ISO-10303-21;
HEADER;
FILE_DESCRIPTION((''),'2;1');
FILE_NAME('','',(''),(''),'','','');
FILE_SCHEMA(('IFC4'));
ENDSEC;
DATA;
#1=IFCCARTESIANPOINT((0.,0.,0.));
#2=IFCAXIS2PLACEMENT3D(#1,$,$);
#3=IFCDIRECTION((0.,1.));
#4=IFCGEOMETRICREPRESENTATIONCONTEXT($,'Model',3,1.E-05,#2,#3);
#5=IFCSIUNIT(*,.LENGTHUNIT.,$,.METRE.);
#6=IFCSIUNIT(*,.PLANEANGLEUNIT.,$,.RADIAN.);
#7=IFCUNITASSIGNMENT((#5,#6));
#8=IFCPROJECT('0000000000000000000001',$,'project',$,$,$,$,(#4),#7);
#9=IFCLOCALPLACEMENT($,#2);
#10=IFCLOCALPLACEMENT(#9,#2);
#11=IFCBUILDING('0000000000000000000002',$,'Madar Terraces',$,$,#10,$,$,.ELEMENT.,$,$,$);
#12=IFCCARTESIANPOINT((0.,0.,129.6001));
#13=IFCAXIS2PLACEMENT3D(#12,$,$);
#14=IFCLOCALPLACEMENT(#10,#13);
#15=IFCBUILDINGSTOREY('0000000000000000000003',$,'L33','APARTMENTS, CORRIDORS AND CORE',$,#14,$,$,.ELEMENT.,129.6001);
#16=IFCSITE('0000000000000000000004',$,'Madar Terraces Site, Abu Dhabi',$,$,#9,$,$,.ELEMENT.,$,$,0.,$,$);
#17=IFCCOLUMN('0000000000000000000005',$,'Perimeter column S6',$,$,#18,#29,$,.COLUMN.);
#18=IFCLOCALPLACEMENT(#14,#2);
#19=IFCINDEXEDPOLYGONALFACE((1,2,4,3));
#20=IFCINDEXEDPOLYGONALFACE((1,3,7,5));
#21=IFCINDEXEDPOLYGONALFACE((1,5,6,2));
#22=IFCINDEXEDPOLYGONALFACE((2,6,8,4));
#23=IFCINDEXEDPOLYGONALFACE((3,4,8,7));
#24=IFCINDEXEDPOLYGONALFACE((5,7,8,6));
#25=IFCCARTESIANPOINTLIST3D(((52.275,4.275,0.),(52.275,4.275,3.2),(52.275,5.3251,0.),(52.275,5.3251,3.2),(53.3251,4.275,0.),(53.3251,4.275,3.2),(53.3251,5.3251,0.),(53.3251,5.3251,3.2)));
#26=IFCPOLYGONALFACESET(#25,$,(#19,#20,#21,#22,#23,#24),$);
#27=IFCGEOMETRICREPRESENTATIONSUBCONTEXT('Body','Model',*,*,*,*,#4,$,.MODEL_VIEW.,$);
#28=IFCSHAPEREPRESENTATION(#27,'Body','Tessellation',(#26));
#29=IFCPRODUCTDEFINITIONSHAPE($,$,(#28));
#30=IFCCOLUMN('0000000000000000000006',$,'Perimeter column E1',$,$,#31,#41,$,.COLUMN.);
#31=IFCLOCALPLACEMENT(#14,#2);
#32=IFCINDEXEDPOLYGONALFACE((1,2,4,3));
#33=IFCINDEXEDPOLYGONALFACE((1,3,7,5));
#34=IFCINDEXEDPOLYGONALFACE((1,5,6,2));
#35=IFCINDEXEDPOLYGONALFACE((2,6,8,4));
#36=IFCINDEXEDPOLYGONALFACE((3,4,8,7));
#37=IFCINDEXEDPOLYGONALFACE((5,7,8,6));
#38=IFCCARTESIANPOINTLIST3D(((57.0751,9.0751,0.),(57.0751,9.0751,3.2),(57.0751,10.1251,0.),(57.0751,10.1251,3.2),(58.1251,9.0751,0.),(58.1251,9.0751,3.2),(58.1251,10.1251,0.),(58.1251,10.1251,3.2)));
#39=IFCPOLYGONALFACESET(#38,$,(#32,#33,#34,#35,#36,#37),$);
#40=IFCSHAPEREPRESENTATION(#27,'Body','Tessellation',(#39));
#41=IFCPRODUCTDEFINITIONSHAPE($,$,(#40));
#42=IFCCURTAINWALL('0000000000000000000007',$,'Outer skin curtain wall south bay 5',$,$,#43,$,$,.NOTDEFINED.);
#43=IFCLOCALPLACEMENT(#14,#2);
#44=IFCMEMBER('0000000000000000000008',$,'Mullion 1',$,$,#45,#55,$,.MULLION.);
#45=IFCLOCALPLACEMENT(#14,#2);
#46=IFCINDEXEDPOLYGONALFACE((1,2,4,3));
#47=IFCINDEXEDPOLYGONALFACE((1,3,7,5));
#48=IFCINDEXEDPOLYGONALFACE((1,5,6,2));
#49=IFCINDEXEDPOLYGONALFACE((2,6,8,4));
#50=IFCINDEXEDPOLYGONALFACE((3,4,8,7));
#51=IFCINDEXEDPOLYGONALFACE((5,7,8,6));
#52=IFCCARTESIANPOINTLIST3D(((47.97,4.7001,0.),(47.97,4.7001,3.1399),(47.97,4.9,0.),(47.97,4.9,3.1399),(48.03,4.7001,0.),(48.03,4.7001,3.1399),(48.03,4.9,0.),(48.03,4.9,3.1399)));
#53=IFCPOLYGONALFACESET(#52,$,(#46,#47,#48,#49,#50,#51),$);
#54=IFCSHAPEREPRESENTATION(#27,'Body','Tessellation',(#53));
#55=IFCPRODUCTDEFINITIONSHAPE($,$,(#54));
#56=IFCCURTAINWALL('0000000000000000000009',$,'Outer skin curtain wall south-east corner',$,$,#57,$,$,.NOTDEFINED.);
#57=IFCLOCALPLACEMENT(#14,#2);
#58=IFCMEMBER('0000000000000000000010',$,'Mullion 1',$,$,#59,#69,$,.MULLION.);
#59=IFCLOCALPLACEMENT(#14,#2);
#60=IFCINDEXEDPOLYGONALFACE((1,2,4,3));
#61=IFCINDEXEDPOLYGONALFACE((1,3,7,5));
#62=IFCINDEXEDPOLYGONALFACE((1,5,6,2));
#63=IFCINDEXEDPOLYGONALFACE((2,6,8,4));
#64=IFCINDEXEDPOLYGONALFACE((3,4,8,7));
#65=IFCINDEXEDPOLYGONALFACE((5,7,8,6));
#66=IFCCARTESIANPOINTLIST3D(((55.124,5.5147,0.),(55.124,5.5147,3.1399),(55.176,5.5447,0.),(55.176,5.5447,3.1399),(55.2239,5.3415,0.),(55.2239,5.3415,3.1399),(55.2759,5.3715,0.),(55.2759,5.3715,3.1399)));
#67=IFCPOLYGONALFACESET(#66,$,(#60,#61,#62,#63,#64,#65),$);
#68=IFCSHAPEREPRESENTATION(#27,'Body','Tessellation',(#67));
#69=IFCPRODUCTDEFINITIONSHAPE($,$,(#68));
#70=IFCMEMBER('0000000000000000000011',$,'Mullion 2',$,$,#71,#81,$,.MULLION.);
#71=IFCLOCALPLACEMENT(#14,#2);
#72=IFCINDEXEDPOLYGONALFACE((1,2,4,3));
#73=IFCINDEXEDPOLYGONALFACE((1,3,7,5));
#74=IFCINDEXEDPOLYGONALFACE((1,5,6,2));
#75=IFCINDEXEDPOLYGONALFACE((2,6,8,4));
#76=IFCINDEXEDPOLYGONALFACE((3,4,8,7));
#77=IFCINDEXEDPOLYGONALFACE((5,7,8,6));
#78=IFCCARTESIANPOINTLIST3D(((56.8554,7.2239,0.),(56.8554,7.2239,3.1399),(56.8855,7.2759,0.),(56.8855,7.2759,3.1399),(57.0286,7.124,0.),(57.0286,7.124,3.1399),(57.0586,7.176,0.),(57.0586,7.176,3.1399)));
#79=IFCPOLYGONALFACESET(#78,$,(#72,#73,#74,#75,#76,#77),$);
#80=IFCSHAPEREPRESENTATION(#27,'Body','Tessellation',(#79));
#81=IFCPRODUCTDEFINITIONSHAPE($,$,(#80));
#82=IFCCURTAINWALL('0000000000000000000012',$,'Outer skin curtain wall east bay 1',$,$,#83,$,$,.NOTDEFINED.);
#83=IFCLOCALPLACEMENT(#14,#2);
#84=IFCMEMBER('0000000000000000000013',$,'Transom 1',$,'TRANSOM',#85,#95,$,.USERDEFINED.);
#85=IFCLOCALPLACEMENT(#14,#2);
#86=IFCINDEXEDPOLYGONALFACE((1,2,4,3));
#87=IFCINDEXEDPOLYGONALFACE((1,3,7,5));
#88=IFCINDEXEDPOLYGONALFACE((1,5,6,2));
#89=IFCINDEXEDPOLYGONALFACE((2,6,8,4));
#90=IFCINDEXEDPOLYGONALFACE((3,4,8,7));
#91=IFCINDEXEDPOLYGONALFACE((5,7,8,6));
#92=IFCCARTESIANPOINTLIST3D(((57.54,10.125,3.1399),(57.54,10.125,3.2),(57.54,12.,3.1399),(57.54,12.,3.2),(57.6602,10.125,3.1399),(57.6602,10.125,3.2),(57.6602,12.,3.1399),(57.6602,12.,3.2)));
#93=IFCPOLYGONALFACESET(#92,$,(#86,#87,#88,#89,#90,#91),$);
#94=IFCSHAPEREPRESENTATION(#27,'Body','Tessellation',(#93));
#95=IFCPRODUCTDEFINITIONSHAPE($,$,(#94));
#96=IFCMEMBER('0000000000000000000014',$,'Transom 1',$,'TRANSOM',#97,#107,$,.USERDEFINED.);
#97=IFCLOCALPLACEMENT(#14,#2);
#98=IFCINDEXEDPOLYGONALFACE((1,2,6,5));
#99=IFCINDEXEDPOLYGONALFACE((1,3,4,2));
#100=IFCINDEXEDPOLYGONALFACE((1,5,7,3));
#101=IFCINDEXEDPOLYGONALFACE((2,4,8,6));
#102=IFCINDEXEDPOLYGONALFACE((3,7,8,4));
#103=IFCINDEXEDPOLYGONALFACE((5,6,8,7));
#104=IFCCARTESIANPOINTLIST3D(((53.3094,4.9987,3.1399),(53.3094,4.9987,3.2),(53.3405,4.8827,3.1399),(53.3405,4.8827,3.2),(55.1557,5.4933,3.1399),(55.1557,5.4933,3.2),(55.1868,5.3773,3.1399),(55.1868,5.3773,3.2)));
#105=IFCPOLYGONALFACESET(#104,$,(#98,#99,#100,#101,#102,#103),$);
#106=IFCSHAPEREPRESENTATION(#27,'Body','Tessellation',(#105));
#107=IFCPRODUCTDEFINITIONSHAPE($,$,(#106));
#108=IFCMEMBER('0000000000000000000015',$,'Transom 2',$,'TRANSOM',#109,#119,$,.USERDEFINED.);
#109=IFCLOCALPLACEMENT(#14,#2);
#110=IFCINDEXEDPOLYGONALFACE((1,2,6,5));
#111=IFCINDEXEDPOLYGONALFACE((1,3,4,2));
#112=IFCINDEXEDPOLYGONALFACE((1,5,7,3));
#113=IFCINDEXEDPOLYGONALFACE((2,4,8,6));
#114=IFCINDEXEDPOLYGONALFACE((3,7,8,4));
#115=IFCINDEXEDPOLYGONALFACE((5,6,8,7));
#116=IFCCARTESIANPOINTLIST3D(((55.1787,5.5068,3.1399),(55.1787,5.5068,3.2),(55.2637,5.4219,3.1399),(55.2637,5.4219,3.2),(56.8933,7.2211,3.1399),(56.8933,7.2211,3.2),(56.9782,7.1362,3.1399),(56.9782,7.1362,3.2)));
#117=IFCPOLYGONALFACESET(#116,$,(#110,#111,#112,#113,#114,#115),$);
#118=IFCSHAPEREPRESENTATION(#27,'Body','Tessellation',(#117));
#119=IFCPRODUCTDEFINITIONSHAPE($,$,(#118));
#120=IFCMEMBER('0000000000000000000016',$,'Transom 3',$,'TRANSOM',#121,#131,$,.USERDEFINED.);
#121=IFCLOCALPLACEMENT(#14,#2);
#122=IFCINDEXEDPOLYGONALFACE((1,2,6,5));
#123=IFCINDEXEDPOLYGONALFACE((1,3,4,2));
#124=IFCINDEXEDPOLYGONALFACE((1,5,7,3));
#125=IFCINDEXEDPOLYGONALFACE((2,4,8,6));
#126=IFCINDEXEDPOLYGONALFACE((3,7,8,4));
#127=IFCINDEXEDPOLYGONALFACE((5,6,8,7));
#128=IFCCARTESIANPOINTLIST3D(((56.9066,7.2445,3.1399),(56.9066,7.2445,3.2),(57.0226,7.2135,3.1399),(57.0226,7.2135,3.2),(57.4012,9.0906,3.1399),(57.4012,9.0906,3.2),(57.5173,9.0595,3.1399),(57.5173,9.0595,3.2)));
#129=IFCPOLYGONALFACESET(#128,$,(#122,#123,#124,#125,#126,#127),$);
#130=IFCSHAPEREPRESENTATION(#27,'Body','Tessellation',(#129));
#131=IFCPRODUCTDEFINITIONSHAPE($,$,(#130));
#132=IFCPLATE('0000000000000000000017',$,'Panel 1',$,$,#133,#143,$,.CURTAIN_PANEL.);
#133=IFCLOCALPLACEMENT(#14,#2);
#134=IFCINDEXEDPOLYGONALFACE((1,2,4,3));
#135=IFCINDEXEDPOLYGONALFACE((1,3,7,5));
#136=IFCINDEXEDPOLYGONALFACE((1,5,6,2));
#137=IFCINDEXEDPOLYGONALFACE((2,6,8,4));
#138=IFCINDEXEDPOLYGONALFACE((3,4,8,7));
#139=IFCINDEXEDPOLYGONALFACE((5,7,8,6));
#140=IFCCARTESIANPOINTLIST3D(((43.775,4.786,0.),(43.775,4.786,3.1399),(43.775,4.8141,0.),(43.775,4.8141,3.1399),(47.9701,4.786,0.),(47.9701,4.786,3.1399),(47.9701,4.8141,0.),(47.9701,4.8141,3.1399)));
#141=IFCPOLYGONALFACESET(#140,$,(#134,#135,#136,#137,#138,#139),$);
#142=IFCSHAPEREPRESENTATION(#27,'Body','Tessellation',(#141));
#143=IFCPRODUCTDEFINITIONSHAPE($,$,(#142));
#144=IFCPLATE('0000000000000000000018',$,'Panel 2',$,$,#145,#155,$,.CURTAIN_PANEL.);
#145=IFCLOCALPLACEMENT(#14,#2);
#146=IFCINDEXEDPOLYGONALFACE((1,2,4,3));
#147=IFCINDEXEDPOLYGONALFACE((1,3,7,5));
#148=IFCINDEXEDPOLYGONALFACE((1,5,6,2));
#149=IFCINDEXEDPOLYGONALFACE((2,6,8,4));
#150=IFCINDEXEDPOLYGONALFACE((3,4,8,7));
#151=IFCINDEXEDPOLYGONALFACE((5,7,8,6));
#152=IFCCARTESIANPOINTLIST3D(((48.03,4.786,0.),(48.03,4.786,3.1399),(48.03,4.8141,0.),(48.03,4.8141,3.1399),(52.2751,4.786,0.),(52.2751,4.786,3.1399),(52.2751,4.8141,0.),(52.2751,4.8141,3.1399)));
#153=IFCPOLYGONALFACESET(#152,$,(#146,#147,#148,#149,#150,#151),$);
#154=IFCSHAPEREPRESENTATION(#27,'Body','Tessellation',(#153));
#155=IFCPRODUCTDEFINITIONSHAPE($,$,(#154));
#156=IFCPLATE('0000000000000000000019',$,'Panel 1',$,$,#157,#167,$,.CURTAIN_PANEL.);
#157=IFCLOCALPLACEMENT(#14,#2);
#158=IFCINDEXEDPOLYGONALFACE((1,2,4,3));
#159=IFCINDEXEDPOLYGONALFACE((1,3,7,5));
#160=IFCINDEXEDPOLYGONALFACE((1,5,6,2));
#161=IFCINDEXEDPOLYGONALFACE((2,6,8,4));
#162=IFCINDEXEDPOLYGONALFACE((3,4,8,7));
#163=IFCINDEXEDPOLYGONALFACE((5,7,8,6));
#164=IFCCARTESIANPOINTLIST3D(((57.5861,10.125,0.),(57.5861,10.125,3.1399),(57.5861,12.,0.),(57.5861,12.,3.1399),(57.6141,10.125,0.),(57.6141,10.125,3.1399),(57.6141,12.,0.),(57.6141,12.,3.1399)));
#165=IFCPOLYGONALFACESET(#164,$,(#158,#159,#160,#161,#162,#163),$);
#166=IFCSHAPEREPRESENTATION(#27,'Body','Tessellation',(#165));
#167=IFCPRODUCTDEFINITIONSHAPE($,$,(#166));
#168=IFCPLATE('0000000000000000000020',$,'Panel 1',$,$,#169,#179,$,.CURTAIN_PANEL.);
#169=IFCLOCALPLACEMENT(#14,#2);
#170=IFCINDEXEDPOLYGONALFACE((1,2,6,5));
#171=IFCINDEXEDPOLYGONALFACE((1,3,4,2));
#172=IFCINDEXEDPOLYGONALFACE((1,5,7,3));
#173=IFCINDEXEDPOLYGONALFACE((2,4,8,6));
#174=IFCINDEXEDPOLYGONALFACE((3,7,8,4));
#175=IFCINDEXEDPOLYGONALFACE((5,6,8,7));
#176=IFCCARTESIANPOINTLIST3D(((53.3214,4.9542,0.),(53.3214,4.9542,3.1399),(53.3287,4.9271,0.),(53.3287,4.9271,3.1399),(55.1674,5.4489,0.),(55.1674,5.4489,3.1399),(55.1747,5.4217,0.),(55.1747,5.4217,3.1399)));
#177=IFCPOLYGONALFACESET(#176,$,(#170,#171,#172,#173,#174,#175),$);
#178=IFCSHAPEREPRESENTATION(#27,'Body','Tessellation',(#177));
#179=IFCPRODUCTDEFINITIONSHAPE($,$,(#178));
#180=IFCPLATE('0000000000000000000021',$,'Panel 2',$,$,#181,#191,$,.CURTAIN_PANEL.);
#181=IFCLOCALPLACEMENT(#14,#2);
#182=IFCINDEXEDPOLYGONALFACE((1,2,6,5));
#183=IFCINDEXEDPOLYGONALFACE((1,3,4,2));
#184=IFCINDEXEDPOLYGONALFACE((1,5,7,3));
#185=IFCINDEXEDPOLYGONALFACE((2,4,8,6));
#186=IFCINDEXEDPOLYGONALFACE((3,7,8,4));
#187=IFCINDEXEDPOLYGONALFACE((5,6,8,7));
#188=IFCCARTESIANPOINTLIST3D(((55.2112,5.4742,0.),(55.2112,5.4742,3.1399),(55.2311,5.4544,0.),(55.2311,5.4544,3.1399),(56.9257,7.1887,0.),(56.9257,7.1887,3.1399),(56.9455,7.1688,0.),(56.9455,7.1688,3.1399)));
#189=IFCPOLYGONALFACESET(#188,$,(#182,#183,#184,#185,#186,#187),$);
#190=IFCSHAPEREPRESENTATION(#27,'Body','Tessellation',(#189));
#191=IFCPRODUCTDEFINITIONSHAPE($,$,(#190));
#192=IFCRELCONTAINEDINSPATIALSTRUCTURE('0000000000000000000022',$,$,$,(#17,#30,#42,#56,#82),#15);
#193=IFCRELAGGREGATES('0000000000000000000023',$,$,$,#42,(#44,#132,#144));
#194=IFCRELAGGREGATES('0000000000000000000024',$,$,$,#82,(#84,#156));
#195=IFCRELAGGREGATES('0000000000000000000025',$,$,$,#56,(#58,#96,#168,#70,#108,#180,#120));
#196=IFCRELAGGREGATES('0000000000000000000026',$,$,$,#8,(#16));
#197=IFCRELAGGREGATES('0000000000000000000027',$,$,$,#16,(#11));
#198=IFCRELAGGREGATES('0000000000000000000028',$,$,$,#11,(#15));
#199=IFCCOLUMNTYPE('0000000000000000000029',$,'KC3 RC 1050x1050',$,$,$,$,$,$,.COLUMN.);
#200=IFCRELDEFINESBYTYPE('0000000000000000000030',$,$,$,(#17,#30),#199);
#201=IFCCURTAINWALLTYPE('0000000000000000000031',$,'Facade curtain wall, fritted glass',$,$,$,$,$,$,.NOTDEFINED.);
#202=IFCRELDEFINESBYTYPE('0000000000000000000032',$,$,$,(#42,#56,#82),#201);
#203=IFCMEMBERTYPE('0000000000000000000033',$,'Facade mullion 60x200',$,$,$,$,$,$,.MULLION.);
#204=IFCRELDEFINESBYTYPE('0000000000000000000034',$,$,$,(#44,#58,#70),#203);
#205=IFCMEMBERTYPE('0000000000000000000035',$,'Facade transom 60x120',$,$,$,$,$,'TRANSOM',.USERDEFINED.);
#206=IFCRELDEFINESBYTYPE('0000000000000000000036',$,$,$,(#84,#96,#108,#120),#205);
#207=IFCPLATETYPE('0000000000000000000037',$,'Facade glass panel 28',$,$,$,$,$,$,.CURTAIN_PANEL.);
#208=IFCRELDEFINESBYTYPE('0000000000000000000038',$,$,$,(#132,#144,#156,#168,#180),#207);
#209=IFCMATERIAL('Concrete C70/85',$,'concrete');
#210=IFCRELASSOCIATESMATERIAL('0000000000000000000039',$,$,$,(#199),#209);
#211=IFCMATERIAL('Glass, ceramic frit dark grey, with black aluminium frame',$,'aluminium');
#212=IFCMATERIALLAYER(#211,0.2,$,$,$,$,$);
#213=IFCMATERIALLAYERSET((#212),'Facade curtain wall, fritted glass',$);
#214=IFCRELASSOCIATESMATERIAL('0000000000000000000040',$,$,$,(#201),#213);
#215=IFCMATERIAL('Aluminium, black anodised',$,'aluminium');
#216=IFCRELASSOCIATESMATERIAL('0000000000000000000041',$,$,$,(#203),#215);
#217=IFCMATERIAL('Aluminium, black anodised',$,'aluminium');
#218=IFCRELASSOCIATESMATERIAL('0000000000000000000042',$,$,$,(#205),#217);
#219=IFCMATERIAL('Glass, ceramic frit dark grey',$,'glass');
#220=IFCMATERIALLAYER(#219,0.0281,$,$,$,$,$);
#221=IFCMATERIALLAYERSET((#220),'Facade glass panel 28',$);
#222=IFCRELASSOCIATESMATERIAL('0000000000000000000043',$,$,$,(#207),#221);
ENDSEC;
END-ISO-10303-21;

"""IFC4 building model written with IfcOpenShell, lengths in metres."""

from ifc_helpers import new_model, si_unit, direction, frame, origin, origin_2d, place, context, subcontext, project, spatial, rectangle, extrude, material, layer, layer_set, material_profile, profile_set, type_object, element, aggregate, save


model = new_model("IFC4")

# Units and contexts
model_context = context("Model", 3, precision=1e-05, world=origin(), true_north=direction((0.0, 1.0)))
body_context = subcontext(model_context, "Body", "Model", "MODEL_VIEW")
ifc_project = project(units=[si_unit("LENGTHUNIT", "METRE"), si_unit("PLANEANGLEUNIT", "RADIAN")], contexts=[model_context])

# Site, building, storey
site_placement = place(None, origin())
site = spatial("IfcSite", under=ifc_project, at=site_placement, Name="Madar Terraces Site, Abu Dhabi", CompositionType="ELEMENT", RefElevation=0.0)
building_placement = place(site_placement, origin())
building = spatial("IfcBuilding", under=site, at=building_placement, Name="Madar Terraces", CompositionType="ELEMENT")
storey_placement = place(building_placement, frame((0.0, 0.0, 129.6001)))
storey = spatial("IfcBuildingStorey", under=building, at=storey_placement, Name="L33", Description="APARTMENTS, CORRIDORS AND CORE", CompositionType="ELEMENT", Elevation=129.6001)

# Columns
ifc_material_1 = material(Name="Concrete C70/85", Category="concrete")
ifc_material_profile_1 = material_profile(ifc_material_1, rectangle(XDim=1.05, YDim=1.05, at=origin_2d()), Name="KC3 RC 1050x1050")
ifc_profile_set_1 = profile_set([ifc_material_profile_1], Name="Concrete C70/85")
column_type = type_object("IfcColumnType", Name="KC3 RC 1050x1050", PredefinedType="COLUMN", material=ifc_profile_set_1)
for number, where, z_axis, x_axis, name in (
    (1, (52.8, 4.8, 0.0), (0.0, 0.0, 1.0), (1.0, 0.0, 0.0), "Perimeter column S6"),
    (2, (57.6001, 9.6001, 0.0), (0.0, 0.0, 1.0), (1.0, 0.0, 0.0), "Perimeter column E1"),
):
    element("IfcColumn", number, at=place(storey_placement, frame(where, z_axis=z_axis, x_axis=x_axis)), inside=storey, type_object=column_type, Name=name, PredefinedType="COLUMN", context=body_context, shape_type="SweptSolid", body=[
        extrude(rectangle(XDim=1.05, YDim=1.05, at=origin_2d()), origin(), (0.0, 0.0, 1.0), 3.2),
    ])

# Curtain wall, member
ifc_material_2 = material(Name="Glass, ceramic frit dark grey, with black aluminium frame", Category="aluminium")
ifc_layer_1 = layer(ifc_material_2, 0.2)
ifc_layer_set_1 = layer_set([ifc_layer_1], Name="Facade curtain wall, fritted glass")
curtain_wall_type = type_object("IfcCurtainWallType", Name="Facade curtain wall, fritted glass", PredefinedType="NOTDEFINED", material=ifc_layer_set_1)
curtain_wall_1_placement = place(storey_placement, origin())
curtain_wall_1 = element("IfcCurtainWall", 3, at=curtain_wall_1_placement, inside=storey, type_object=curtain_wall_type, Name="Outer skin curtain wall south bay 5", PredefinedType="NOTDEFINED")
ifc_material_3 = material(Name="Aluminium, black anodised", Category="aluminium")
ifc_material_profile_2 = material_profile(ifc_material_3, rectangle(XDim=0.2, YDim=0.0601, at=origin_2d()), Name="Facade mullion 60x200")
ifc_profile_set_2 = profile_set([ifc_material_profile_2], Name="Aluminium, black anodised")
member_type_1 = type_object("IfcMemberType", Name="Facade mullion 60x200", PredefinedType="MULLION", material=ifc_profile_set_2)
member_1_placement = place(storey_placement, frame((48.0, 4.8, 0.0), z_axis=(0.0, 0.0, 1.0), x_axis=(0.0, 1.0, 0.0)))
member_1 = element("IfcMember", 4, at=member_1_placement, type_object=member_type_1, Name="Mullion 1", PredefinedType="MULLION", context=body_context, shape_type="SweptSolid", body=[
    extrude(rectangle(XDim=0.2, YDim=0.0601, at=origin_2d()), origin(), (0.0, 0.0, 1.0), 3.1399),
])

# Curtain wall, members
curtain_wall_2_placement = place(storey_placement, origin())
curtain_wall_2 = element("IfcCurtainWall", 5, at=curtain_wall_2_placement, inside=storey, type_object=curtain_wall_type, Name="Outer skin curtain wall south-east corner", PredefinedType="NOTDEFINED")
member_2_placement = place(storey_placement, frame((55.2, 5.4431, 0.0), z_axis=(0.0, 0.0, 1.0), x_axis=(-0.5, 0.866025, 0.0)))
member_2 = element("IfcMember", 6, at=member_2_placement, type_object=member_type_1, Name="Mullion 1", PredefinedType="MULLION", context=body_context, shape_type="SweptSolid", body=[
    extrude(rectangle(XDim=0.2, YDim=0.0601, at=origin_2d()), origin(), (0.0, 0.0, 1.0), 3.1399),
])
member_3_placement = place(storey_placement, frame((56.957, 7.2, 0.0), z_axis=(0.0, 0.0, 1.0), x_axis=(-0.866025, 0.5, 0.0)))
member_3 = element("IfcMember", 7, at=member_3_placement, type_object=member_type_1, Name="Mullion 2", PredefinedType="MULLION", context=body_context, shape_type="SweptSolid", body=[
    extrude(rectangle(XDim=0.2, YDim=0.0601, at=origin_2d()), origin(), (0.0, 0.0, 1.0), 3.1399),
])

# Curtain wall, member
curtain_wall_3_placement = place(storey_placement, origin())
curtain_wall_3 = element("IfcCurtainWall", 8, at=curtain_wall_3_placement, inside=storey, type_object=curtain_wall_type, Name="Outer skin curtain wall east bay 1", PredefinedType="NOTDEFINED")
ifc_material_4 = material(Name="Aluminium, black anodised", Category="aluminium")
ifc_material_profile_3 = material_profile(ifc_material_4, rectangle(XDim=0.1201, YDim=0.0601, at=origin_2d()), Name="Facade transom 60x120")
ifc_profile_set_3 = profile_set([ifc_material_profile_3], Name="Aluminium, black anodised")
member_type_2 = type_object("IfcMemberType", Name="Facade transom 60x120", ElementType="TRANSOM", PredefinedType="USERDEFINED", material=ifc_profile_set_3)
member_4_placement = place(storey_placement, frame((57.6001, 10.125, 3.1699), z_axis=(0.0, 1.0, 0.0), x_axis=(-1.0, 0.0, 0.0)))
member_4 = element("IfcMember", 9, at=member_4_placement, type_object=member_type_2, Name="Transom 1", ObjectType="TRANSOM", PredefinedType="USERDEFINED", context=body_context, shape_type="SweptSolid", body=[
    extrude(rectangle(XDim=0.1201, YDim=0.0601, at=origin_2d()), origin(), (0.0, 0.0, 1.0), 1.875),
])

# Members
member_5_placement = place(storey_placement, frame((53.325, 4.9407, 3.1699), z_axis=(0.965933, 0.258791, 0.0), x_axis=(-0.258791, 0.965933, 0.0)))
member_5 = element("IfcMember", 10, at=member_5_placement, type_object=member_type_2, Name="Transom 1", ObjectType="TRANSOM", PredefinedType="USERDEFINED", context=body_context, shape_type="SweptSolid", body=[
    extrude(rectangle(XDim=0.1201, YDim=0.0601, at=origin_2d()), origin(), (0.0, 0.0, 1.0), 1.9114),
])
member_6_placement = place(storey_placement, frame((55.2212, 5.4644, 3.1699), z_axis=(0.707157, 0.707056, 0.0), x_axis=(-0.707056, 0.707157, 0.0)))
member_6 = element("IfcMember", 11, at=member_6_placement, type_object=member_type_2, Name="Transom 2", ObjectType="TRANSOM", PredefinedType="USERDEFINED", context=body_context, shape_type="SweptSolid", body=[
    extrude(rectangle(XDim=0.1201, YDim=0.0601, at=origin_2d()), origin(), (0.0, 0.0, 1.0), 2.4246),
])
member_7_placement = place(storey_placement, frame((56.9646, 7.229, 3.1699), z_axis=(0.258823, 0.965925, 0.0), x_axis=(-0.965925, 0.258823, 0.0)))
member_7 = element("IfcMember", 12, at=member_7_placement, type_object=member_type_2, Name="Transom 3", ObjectType="TRANSOM", PredefinedType="USERDEFINED", context=body_context, shape_type="SweptSolid", body=[
    extrude(rectangle(XDim=0.1201, YDim=0.0601, at=origin_2d()), origin(), (0.0, 0.0, 1.0), 1.9111),
])

# Plates
ifc_material_5 = material(Name="Glass, ceramic frit dark grey", Category="glass")
ifc_layer_2 = layer(ifc_material_5, 0.0281)
ifc_layer_set_2 = layer_set([ifc_layer_2], Name="Facade glass panel 28")
plate_type = type_object("IfcPlateType", Name="Facade glass panel 28", PredefinedType="CURTAIN_PANEL", material=ifc_layer_set_2)
plate_1_placement = place(storey_placement, frame((45.8726, 4.8, 0.0), z_axis=(0.0, 0.0, 1.0), x_axis=(1.0, 0.0, 0.0)))
plate_1 = element("IfcPlate", 13, at=plate_1_placement, type_object=plate_type, Name="Panel 1", PredefinedType="CURTAIN_PANEL", context=body_context, shape_type="SweptSolid", body=[
    extrude(rectangle(XDim=4.1951, YDim=0.0281, at=origin_2d()), origin(), (0.0, 0.0, 1.0), 3.1399),
])
plate_2_placement = place(storey_placement, frame((50.1526, 4.8, 0.0), z_axis=(0.0, 0.0, 1.0), x_axis=(1.0, 0.0, 0.0)))
plate_2 = element("IfcPlate", 14, at=plate_2_placement, type_object=plate_type, Name="Panel 2", PredefinedType="CURTAIN_PANEL", context=body_context, shape_type="SweptSolid", body=[
    extrude(rectangle(XDim=4.2451, YDim=0.0281, at=origin_2d()), origin(), (0.0, 0.0, 1.0), 3.1399),
])
aggregate(curtain_wall_1, [member_1, plate_1, plate_2])
plate_3_placement = place(storey_placement, frame((57.6001, 11.0625, 0.0), z_axis=(0.0, 0.0, 1.0), x_axis=(0.0, 1.0, 0.0)))
plate_3 = element("IfcPlate", 15, at=plate_3_placement, type_object=plate_type, Name="Panel 1", PredefinedType="CURTAIN_PANEL", context=body_context, shape_type="SweptSolid", body=[
    extrude(rectangle(XDim=1.875, YDim=0.0281, at=origin_2d()), origin(), (0.0, 0.0, 1.0), 3.1399),
])
aggregate(curtain_wall_3, [member_4, plate_3])
plate_4_placement = place(storey_placement, frame((54.248, 5.188, 0.0), z_axis=(0.0, 0.0, 1.0), x_axis=(0.965926, 0.258819, 0.0)))
plate_4 = element("IfcPlate", 16, at=plate_4_placement, type_object=plate_type, Name="Panel 1", PredefinedType="CURTAIN_PANEL", context=body_context, shape_type="SweptSolid", body=[
    extrude(rectangle(XDim=1.9111, YDim=0.0281, at=origin_2d()), origin(), (0.0, 0.0, 1.0), 3.1399),
])
plate_5_placement = place(storey_placement, frame((56.0784, 6.3215, 0.0), z_axis=(0.0, 0.0, 1.0), x_axis=(0.707107, 0.707107, 0.0)))
plate_5 = element("IfcPlate", 17, at=plate_5_placement, type_object=plate_type, Name="Panel 2", PredefinedType="CURTAIN_PANEL", context=body_context, shape_type="SweptSolid", body=[
    extrude(rectangle(XDim=2.4246, YDim=0.0281, at=origin_2d()), origin(), (0.0, 0.0, 1.0), 3.1399),
])
aggregate(curtain_wall_2, [member_2, member_5, plate_4, member_3, member_6, plate_5, member_7])

save(model, "model.ifc")
